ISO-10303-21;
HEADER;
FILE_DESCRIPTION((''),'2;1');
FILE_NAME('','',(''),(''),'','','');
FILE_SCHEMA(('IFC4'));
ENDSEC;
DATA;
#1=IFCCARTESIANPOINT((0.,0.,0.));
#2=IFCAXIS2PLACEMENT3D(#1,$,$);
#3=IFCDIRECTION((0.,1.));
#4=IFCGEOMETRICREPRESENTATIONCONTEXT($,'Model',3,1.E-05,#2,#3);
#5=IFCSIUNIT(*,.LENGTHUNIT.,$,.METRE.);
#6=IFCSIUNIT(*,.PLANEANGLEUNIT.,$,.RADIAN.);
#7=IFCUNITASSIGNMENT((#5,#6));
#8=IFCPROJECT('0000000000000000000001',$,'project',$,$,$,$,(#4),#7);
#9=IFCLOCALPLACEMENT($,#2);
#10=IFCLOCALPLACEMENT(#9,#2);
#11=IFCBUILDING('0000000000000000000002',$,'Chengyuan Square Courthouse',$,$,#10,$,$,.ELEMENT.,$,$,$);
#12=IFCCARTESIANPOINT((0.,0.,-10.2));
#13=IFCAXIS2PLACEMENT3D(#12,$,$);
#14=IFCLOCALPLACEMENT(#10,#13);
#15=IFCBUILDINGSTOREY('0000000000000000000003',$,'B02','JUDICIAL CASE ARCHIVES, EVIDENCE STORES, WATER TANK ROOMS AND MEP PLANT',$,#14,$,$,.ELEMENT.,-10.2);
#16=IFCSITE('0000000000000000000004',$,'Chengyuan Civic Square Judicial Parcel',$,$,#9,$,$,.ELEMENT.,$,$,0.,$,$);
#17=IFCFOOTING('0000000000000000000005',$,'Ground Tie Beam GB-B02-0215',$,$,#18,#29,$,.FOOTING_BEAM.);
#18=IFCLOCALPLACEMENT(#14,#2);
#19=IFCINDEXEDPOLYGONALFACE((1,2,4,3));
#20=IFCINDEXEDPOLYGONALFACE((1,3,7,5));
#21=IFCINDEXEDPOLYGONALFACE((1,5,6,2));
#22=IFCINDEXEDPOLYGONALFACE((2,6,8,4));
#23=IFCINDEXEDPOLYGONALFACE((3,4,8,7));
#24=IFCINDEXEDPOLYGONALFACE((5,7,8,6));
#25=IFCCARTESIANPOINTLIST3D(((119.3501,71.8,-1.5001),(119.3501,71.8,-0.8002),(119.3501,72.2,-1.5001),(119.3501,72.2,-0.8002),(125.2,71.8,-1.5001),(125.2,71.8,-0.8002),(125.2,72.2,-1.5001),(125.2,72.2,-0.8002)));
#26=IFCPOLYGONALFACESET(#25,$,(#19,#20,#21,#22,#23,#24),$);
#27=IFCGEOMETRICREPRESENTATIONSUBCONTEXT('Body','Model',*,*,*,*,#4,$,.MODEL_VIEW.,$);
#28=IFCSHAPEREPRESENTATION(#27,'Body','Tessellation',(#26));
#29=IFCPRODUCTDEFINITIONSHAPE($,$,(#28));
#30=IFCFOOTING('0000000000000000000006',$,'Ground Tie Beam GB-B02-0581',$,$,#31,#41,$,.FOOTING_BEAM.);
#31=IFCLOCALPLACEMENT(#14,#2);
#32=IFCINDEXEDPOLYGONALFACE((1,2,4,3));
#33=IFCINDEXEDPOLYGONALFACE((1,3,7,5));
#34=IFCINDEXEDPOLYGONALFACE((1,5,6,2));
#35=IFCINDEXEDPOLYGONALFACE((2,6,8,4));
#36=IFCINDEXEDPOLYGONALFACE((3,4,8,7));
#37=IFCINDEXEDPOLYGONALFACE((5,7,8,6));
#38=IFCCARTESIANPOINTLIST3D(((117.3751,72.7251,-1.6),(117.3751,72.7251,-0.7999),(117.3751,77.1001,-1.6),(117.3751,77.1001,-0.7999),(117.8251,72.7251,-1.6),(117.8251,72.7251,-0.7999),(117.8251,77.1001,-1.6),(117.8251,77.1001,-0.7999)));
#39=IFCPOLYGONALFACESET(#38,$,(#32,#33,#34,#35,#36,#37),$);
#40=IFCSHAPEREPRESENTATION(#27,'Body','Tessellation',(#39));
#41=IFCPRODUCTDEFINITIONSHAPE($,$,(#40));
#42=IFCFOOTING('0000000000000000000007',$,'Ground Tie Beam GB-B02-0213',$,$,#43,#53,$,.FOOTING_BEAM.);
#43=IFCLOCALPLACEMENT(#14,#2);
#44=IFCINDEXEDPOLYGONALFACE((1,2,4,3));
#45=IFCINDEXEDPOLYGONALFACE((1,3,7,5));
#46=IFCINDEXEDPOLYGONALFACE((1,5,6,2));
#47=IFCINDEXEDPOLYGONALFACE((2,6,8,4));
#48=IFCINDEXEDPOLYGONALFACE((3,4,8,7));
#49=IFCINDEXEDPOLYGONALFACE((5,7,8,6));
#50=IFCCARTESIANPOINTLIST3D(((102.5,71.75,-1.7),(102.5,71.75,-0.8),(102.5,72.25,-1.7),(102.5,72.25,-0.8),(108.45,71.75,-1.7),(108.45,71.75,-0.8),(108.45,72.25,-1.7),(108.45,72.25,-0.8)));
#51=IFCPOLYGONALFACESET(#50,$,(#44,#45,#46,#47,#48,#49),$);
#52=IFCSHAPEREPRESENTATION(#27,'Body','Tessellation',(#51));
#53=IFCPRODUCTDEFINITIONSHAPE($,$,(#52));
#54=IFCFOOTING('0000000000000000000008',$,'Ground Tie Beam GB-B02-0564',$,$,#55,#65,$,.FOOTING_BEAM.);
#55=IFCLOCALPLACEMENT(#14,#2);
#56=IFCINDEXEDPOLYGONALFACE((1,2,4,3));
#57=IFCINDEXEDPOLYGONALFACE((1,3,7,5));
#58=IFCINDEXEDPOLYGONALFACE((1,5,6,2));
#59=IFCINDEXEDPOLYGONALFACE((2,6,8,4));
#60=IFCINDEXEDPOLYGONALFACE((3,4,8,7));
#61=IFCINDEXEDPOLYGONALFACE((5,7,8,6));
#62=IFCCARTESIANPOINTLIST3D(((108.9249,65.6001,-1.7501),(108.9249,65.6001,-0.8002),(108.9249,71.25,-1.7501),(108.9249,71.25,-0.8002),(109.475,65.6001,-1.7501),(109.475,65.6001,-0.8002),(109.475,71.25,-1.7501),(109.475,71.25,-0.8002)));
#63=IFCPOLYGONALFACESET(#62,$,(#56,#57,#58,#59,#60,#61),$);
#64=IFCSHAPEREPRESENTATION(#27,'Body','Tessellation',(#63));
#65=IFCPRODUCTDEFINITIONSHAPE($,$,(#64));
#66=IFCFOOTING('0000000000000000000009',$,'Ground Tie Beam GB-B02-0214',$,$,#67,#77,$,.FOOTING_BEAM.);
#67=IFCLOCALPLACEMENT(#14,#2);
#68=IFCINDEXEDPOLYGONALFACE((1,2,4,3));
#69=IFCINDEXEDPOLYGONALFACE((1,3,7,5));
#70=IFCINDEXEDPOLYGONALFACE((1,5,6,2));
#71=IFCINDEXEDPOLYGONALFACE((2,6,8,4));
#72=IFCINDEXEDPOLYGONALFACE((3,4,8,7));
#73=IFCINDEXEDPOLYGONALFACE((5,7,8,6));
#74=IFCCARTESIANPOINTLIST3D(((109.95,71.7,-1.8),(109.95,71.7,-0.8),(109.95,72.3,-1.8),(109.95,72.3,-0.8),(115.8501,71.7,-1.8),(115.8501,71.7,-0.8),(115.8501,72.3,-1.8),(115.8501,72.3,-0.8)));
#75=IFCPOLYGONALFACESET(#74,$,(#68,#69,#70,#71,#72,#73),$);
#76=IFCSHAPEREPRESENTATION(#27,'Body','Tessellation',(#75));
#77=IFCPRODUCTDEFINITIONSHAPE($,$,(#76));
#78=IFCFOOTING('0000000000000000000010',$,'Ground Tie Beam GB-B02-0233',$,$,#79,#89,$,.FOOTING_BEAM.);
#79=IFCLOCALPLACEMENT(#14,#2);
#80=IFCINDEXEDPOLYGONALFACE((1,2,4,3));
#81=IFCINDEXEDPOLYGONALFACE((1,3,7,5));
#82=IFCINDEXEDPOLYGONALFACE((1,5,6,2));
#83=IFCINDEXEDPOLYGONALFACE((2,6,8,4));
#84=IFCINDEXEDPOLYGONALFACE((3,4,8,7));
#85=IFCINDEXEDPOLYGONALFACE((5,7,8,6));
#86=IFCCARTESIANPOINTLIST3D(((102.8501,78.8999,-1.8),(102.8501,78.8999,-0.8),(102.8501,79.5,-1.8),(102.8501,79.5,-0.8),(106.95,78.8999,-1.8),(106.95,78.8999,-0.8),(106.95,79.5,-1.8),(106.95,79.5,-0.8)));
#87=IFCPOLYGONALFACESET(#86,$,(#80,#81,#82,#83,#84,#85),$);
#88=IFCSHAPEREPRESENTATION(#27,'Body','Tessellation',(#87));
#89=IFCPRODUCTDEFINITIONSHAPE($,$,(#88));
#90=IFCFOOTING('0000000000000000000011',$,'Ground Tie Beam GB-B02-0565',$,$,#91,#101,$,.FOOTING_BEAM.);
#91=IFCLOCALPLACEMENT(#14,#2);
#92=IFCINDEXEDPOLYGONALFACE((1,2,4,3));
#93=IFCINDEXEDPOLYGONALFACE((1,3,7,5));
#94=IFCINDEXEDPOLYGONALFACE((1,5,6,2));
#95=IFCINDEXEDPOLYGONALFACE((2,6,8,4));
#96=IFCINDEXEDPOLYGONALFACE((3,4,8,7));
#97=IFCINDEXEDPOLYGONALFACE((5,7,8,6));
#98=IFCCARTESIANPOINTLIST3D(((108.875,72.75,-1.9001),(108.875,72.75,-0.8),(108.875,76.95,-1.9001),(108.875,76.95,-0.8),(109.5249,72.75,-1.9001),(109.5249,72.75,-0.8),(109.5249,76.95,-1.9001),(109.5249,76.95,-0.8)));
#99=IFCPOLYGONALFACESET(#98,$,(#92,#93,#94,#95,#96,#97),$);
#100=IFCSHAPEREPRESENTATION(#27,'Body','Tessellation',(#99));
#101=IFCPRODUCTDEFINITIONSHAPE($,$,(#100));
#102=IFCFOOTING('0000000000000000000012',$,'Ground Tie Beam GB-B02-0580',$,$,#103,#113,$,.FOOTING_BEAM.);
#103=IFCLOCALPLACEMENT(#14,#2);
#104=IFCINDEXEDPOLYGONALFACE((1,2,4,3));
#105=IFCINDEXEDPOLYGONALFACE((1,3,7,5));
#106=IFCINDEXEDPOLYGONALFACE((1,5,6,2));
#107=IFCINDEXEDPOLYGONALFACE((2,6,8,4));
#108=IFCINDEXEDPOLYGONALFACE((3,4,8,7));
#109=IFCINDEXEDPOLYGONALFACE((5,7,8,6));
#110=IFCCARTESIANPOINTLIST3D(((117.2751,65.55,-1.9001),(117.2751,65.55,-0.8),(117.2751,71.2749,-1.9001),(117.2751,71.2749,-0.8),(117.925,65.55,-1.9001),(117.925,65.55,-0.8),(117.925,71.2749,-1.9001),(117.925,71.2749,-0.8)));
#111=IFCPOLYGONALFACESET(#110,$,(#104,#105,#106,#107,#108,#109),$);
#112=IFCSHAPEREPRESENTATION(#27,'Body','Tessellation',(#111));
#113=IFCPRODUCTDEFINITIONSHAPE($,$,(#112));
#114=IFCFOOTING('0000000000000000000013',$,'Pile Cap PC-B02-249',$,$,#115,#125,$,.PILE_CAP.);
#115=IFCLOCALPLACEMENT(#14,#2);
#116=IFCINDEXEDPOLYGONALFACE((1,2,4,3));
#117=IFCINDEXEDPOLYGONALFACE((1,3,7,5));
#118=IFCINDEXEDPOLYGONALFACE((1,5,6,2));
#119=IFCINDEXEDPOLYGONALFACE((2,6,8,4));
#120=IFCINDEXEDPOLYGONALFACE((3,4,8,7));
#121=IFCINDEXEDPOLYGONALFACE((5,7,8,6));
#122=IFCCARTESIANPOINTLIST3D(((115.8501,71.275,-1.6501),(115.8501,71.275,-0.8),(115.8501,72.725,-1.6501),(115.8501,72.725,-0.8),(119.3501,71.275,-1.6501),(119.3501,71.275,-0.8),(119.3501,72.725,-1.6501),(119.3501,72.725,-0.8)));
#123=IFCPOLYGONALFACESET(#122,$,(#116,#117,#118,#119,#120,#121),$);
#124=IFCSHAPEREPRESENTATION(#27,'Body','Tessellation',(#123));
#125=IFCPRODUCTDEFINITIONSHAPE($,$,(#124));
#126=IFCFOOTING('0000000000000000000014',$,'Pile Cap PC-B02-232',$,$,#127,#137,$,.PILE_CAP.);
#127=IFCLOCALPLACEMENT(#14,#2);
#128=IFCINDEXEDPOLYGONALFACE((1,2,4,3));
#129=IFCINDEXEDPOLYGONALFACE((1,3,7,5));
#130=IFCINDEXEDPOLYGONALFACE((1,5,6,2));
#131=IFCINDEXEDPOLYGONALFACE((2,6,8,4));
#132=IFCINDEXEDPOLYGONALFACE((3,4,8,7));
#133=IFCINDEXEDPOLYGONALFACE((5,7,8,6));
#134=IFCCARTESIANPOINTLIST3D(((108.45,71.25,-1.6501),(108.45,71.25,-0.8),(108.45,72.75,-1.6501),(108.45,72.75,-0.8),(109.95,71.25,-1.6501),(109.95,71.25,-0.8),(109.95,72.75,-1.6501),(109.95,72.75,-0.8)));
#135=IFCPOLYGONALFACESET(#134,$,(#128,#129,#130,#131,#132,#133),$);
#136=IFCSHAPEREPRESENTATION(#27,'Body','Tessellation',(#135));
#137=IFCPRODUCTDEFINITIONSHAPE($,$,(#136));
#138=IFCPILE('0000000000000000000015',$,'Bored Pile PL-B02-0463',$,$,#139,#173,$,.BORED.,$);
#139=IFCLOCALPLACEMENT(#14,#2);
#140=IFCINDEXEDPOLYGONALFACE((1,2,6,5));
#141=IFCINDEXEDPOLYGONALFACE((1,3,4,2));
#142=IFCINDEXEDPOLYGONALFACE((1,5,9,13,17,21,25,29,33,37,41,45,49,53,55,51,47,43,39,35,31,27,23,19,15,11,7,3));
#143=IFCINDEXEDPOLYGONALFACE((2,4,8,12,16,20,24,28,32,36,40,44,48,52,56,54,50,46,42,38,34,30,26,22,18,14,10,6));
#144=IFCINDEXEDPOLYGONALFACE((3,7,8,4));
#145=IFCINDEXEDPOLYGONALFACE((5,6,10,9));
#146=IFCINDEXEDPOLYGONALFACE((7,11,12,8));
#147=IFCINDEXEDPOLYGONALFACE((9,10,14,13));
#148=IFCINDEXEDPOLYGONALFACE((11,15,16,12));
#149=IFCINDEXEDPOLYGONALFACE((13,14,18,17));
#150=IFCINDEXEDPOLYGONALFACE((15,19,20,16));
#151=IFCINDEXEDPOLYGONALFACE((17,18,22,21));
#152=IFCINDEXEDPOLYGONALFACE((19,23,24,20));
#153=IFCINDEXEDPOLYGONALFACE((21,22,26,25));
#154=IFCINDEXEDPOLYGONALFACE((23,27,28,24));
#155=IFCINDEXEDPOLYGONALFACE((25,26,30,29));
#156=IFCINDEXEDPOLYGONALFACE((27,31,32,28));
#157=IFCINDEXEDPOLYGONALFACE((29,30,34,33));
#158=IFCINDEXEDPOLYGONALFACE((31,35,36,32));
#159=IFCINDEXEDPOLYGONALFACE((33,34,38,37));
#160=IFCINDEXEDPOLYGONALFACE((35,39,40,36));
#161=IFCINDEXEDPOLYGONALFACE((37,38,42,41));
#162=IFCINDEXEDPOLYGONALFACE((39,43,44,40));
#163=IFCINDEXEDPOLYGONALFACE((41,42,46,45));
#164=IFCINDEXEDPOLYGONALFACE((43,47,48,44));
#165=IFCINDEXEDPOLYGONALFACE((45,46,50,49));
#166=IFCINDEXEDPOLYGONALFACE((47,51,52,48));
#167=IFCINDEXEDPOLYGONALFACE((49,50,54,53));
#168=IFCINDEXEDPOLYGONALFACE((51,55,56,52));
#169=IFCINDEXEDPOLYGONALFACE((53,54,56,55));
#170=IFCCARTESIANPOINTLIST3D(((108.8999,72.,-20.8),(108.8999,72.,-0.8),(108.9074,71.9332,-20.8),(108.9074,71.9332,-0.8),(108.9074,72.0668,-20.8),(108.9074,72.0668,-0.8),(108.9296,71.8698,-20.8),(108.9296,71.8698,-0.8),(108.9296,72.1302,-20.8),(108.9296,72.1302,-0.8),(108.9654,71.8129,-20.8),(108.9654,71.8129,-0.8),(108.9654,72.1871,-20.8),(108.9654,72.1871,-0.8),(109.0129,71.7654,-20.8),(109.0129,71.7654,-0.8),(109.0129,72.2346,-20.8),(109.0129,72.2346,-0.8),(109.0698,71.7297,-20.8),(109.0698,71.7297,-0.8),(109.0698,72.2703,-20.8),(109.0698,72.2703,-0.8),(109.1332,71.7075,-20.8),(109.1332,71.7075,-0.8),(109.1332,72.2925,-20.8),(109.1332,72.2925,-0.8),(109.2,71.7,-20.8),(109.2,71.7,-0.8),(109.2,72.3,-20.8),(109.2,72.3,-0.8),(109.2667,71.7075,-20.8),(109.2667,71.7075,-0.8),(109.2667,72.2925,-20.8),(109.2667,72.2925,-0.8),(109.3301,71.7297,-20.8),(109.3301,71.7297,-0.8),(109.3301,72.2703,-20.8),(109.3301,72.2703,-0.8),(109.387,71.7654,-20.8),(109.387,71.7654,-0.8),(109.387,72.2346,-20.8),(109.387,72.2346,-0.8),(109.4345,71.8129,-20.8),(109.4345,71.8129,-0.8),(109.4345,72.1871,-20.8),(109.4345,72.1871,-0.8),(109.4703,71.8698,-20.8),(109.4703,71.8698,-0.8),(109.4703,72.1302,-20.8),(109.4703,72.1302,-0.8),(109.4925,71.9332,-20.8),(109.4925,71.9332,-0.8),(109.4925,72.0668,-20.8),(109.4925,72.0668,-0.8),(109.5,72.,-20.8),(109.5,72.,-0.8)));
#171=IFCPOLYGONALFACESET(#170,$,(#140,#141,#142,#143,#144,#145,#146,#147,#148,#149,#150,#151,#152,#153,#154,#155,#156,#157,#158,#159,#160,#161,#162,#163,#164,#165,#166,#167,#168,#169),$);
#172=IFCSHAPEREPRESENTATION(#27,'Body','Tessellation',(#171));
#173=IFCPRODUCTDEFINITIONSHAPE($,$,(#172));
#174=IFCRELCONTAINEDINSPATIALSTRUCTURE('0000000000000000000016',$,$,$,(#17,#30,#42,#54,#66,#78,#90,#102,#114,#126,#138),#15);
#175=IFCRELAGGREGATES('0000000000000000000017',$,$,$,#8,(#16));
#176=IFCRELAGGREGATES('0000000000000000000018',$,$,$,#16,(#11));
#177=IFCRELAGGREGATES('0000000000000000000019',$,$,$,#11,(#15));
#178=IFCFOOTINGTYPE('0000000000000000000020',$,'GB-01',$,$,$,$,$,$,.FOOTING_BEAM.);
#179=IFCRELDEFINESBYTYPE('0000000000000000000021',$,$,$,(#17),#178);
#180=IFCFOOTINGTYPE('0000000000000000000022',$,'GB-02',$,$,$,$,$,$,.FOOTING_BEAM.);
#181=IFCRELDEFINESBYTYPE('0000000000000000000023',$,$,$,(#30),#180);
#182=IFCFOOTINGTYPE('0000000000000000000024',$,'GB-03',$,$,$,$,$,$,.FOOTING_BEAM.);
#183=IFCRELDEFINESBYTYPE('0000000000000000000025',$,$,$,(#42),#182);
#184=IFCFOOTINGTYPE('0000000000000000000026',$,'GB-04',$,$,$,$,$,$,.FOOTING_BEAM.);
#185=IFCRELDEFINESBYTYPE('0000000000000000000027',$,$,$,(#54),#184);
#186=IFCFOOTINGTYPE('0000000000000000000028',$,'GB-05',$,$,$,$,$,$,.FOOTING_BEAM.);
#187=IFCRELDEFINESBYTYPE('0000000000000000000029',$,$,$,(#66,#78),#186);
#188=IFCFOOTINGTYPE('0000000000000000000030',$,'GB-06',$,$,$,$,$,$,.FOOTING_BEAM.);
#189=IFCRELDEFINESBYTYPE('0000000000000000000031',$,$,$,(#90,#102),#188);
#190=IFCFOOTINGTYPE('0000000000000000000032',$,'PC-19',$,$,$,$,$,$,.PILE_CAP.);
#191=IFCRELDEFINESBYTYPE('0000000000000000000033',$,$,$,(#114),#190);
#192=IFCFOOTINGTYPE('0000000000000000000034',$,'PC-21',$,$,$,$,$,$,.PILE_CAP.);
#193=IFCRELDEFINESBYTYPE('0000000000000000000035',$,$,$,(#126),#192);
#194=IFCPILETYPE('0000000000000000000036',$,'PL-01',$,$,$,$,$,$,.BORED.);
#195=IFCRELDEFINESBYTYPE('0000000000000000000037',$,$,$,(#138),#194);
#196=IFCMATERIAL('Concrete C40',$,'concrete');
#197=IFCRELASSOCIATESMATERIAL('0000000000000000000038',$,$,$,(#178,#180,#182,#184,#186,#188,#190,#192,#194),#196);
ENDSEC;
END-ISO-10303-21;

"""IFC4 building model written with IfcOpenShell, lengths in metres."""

from ifc_helpers import new_model, si_unit, direction, frame, origin, origin_2d, place, context, subcontext, project, spatial, rectangle, circle, extrude, material, material_profile, profile_set, type_object, element, save


model = new_model("IFC4")

# Units and contexts
model_context = context("Model", 3, precision=1e-05, world=origin(), true_north=direction((0.0, 1.0)))
body_context = subcontext(model_context, "Body", "Model", "MODEL_VIEW")
ifc_project = project(units=[si_unit("LENGTHUNIT", "METRE"), si_unit("PLANEANGLEUNIT", "RADIAN")], contexts=[model_context])

# Site, building, storey
site_placement = place(None, origin())
site = spatial("IfcSite", under=ifc_project, at=site_placement, Name="Chengyuan Civic Square Judicial Parcel", CompositionType="ELEMENT", RefElevation=0.0)
building_placement = place(site_placement, origin())
building = spatial("IfcBuilding", under=site, at=building_placement, Name="Chengyuan Square Courthouse", CompositionType="ELEMENT")
storey_placement = place(building_placement, frame((0.0, 0.0, -10.2)))
storey = spatial("IfcBuildingStorey", under=building, at=storey_placement, Name="B02", Description="JUDICIAL CASE ARCHIVES, EVIDENCE STORES, WATER TANK ROOMS AND MEP PLANT", CompositionType="ELEMENT", Elevation=-10.2)

# Footings
ifc_material_1 = material(Name="Concrete C40", Category="concrete")
ifc_material_profile_1 = material_profile(ifc_material_1, rectangle(XDim=0.3999, YDim=0.7, at=origin_2d()), Name="GB-400x700")
ifc_profile_set_1 = profile_set([ifc_material_profile_1], Name="Concrete C40")
footing_type_1 = type_object("IfcFootingType", Name="GB-01", PredefinedType="FOOTING_BEAM", material=ifc_profile_set_1)
footing_1_placement = place(storey_placement, frame((119.3501, 72.0, -1.1501), z_axis=(1.0, 0.0, 0.0), x_axis=(0.0, 1.0, 0.0)))
element("IfcFooting", 1, at=footing_1_placement, inside=storey, type_object=footing_type_1, Name="Ground Tie Beam GB-B02-0215", PredefinedType="FOOTING_BEAM", context=body_context, shape_type="SweptSolid", body=[
    extrude(rectangle(XDim=0.3999, YDim=0.7, at=origin_2d()), origin(), (0.0, 0.0, 1.0), 5.8499),
])
ifc_material_profile_2 = material_profile(ifc_material_1, rectangle(XDim=0.45, YDim=0.8, at=origin_2d()), Name="GB-450x800")
ifc_profile_set_2 = profile_set([ifc_material_profile_2], Name="Concrete C40")
footing_type_2 = type_object("IfcFootingType", Name="GB-02", PredefinedType="FOOTING_BEAM", material=ifc_profile_set_2)
footing_2_placement = place(storey_placement, frame((117.6001, 72.7251, -1.2), z_axis=(0.0, 1.0, 0.0), x_axis=(-1.0, 0.0, 0.0)))
element("IfcFooting", 2, at=footing_2_placement, inside=storey, type_object=footing_type_2, Name="Ground Tie Beam GB-B02-0581", PredefinedType="FOOTING_BEAM", context=body_context, shape_type="SweptSolid", body=[
    extrude(rectangle(XDim=0.45, YDim=0.8, at=origin_2d()), origin(), (0.0, 0.0, 1.0), 4.375),
])
ifc_material_profile_3 = material_profile(ifc_material_1, rectangle(XDim=0.5, YDim=0.8999, at=origin_2d()), Name="GB-500x900")
ifc_profile_set_3 = profile_set([ifc_material_profile_3], Name="Concrete C40")
footing_type_3 = type_object("IfcFootingType", Name="GB-03", PredefinedType="FOOTING_BEAM", material=ifc_profile_set_3)
footing_3_placement = place(storey_placement, frame((102.5, 72.0, -1.25), z_axis=(1.0, 0.0, 0.0), x_axis=(0.0, 1.0, 0.0)))
element("IfcFooting", 3, at=footing_3_placement, inside=storey, type_object=footing_type_3, Name="Ground Tie Beam GB-B02-0213", PredefinedType="FOOTING_BEAM", context=body_context, shape_type="SweptSolid", body=[
    extrude(rectangle(XDim=0.5, YDim=0.8999, at=origin_2d()), origin(), (0.0, 0.0, 1.0), 5.95),
])
ifc_material_profile_4 = material_profile(ifc_material_1, rectangle(XDim=0.55, YDim=0.95, at=origin_2d()), Name="GB-550x950")
ifc_profile_set_4 = profile_set([ifc_material_profile_4], Name="Concrete C40")
footing_type_4 = type_object("IfcFootingType", Name="GB-04", PredefinedType="FOOTING_BEAM", material=ifc_profile_set_4)
footing_4_placement = place(storey_placement, frame((109.2, 65.6001, -1.2751), z_axis=(0.0, 1.0, 0.0), x_axis=(-1.0, 0.0, 0.0)))
element("IfcFooting", 4, at=footing_4_placement, inside=storey, type_object=footing_type_4, Name="Ground Tie Beam GB-B02-0564", PredefinedType="FOOTING_BEAM", context=body_context, shape_type="SweptSolid", body=[
    extrude(rectangle(XDim=0.55, YDim=0.95, at=origin_2d()), origin(), (0.0, 0.0, 1.0), 5.6499),
])
ifc_material_profile_5 = material_profile(ifc_material_1, rectangle(XDim=0.6001, YDim=1.0, at=origin_2d()), Name="GB-600x1000")
ifc_profile_set_5 = profile_set([ifc_material_profile_5], Name="Concrete C40")
footing_type_5 = type_object("IfcFootingType", Name="GB-05", PredefinedType="FOOTING_BEAM", material=ifc_profile_set_5)
footing_5_placement = place(storey_placement, frame((109.95, 72.0, -1.3), z_axis=(1.0, 0.0, 0.0), x_axis=(0.0, 1.0, 0.0)))
element("IfcFooting", 5, at=footing_5_placement, inside=storey, type_object=footing_type_5, Name="Ground Tie Beam GB-B02-0214", PredefinedType="FOOTING_BEAM", context=body_context, shape_type="SweptSolid", body=[
    extrude(rectangle(XDim=0.6001, YDim=1.0, at=origin_2d()), origin(), (0.0, 0.0, 1.0), 5.9001),
])
footing_6_placement = place(storey_placement, frame((102.8501, 79.2, -1.3), z_axis=(1.0, 0.0, 0.0), x_axis=(0.0, 1.0, 0.0)))
element("IfcFooting", 6, at=footing_6_placement, inside=storey, type_object=footing_type_5, Name="Ground Tie Beam GB-B02-0233", PredefinedType="FOOTING_BEAM", context=body_context, shape_type="SweptSolid", body=[
    extrude(rectangle(XDim=0.6001, YDim=1.0, at=origin_2d()), origin(), (0.0, 0.0, 1.0), 4.0999),
])
ifc_material_profile_6 = material_profile(ifc_material_1, rectangle(XDim=0.6499, YDim=1.1001, at=origin_2d()), Name="GB-650x1100")
ifc_profile_set_6 = profile_set([ifc_material_profile_6], Name="Concrete C40")
footing_type_6 = type_object("IfcFootingType", Name="GB-06", PredefinedType="FOOTING_BEAM", material=ifc_profile_set_6)
footing_7_placement = place(storey_placement, frame((109.2, 72.75, -1.3501), z_axis=(0.0, 1.0, 0.0), x_axis=(-1.0, 0.0, 0.0)))
element("IfcFooting", 7, at=footing_7_placement, inside=storey, type_object=footing_type_6, Name="Ground Tie Beam GB-B02-0565", PredefinedType="FOOTING_BEAM", context=body_context, shape_type="SweptSolid", body=[
    extrude(rectangle(XDim=0.6499, YDim=1.1001, at=origin_2d()), origin(), (0.0, 0.0, 1.0), 4.2),
])
footing_8_placement = place(storey_placement, frame((117.6001, 65.55, -1.3501), z_axis=(0.0, 1.0, 0.0), x_axis=(-1.0, 0.0, 0.0)))
element("IfcFooting", 8, at=footing_8_placement, inside=storey, type_object=footing_type_6, Name="Ground Tie Beam GB-B02-0580", PredefinedType="FOOTING_BEAM", context=body_context, shape_type="SweptSolid", body=[
    extrude(rectangle(XDim=0.6499, YDim=1.1001, at=origin_2d()), origin(), (0.0, 0.0, 1.0), 5.7249),
])
footing_type_7 = type_object("IfcFootingType", Name="PC-19", PredefinedType="PILE_CAP", material=ifc_material_1)
footing_9_placement = place(storey_placement, frame((117.6001, 72.0, -1.6501), z_axis=(0.0, 0.0, 1.0), x_axis=(1.0, 0.0, 0.0)))
element("IfcFooting", 9, at=footing_9_placement, inside=storey, type_object=footing_type_7, Name="Pile Cap PC-B02-249", PredefinedType="PILE_CAP", context=body_context, shape_type="SweptSolid", body=[
    extrude(rectangle(XDim=3.5, YDim=1.45, at=origin_2d()), origin(), (0.0, 0.0, 1.0), 0.8501),
])
footing_type_8 = type_object("IfcFootingType", Name="PC-21", PredefinedType="PILE_CAP", material=ifc_material_1)
footing_10_placement = place(storey_placement, frame((109.2, 72.0, -1.6501), z_axis=(0.0, 0.0, 1.0), x_axis=(1.0, 0.0, 0.0)))
element("IfcFooting", 10, at=footing_10_placement, inside=storey, type_object=footing_type_8, Name="Pile Cap PC-B02-232", PredefinedType="PILE_CAP", context=body_context, shape_type="SweptSolid", body=[
    extrude(rectangle(XDim=1.5, YDim=1.5, at=origin_2d()), origin(), (0.0, 0.0, 1.0), 0.8501),
])

# Pile
ifc_material_profile_7 = material_profile(ifc_material_1, circle(Radius=0.3, at=origin_2d()), Name="BORED PILE D600")
ifc_profile_set_7 = profile_set([ifc_material_profile_7], Name="Concrete C40")
pile_type_1 = type_object("IfcPileType", Name="PL-01", PredefinedType="BORED", material=ifc_profile_set_7)
pile_placement = place(storey_placement, frame((109.2, 72.0, -0.8), z_axis=(0.0, 0.0, -1.0), x_axis=(1.0, 0.0, 0.0)))
element("IfcPile", 11, at=pile_placement, inside=storey, type_object=pile_type_1, Name="Bored Pile PL-B02-0463", PredefinedType="BORED", context=body_context, shape_type="SweptSolid", body=[
    extrude(circle(Radius=0.3, at=origin_2d()), origin(), (0.0, 0.0, 1.0), 20.0),
])

save(model, "model.ifc")
